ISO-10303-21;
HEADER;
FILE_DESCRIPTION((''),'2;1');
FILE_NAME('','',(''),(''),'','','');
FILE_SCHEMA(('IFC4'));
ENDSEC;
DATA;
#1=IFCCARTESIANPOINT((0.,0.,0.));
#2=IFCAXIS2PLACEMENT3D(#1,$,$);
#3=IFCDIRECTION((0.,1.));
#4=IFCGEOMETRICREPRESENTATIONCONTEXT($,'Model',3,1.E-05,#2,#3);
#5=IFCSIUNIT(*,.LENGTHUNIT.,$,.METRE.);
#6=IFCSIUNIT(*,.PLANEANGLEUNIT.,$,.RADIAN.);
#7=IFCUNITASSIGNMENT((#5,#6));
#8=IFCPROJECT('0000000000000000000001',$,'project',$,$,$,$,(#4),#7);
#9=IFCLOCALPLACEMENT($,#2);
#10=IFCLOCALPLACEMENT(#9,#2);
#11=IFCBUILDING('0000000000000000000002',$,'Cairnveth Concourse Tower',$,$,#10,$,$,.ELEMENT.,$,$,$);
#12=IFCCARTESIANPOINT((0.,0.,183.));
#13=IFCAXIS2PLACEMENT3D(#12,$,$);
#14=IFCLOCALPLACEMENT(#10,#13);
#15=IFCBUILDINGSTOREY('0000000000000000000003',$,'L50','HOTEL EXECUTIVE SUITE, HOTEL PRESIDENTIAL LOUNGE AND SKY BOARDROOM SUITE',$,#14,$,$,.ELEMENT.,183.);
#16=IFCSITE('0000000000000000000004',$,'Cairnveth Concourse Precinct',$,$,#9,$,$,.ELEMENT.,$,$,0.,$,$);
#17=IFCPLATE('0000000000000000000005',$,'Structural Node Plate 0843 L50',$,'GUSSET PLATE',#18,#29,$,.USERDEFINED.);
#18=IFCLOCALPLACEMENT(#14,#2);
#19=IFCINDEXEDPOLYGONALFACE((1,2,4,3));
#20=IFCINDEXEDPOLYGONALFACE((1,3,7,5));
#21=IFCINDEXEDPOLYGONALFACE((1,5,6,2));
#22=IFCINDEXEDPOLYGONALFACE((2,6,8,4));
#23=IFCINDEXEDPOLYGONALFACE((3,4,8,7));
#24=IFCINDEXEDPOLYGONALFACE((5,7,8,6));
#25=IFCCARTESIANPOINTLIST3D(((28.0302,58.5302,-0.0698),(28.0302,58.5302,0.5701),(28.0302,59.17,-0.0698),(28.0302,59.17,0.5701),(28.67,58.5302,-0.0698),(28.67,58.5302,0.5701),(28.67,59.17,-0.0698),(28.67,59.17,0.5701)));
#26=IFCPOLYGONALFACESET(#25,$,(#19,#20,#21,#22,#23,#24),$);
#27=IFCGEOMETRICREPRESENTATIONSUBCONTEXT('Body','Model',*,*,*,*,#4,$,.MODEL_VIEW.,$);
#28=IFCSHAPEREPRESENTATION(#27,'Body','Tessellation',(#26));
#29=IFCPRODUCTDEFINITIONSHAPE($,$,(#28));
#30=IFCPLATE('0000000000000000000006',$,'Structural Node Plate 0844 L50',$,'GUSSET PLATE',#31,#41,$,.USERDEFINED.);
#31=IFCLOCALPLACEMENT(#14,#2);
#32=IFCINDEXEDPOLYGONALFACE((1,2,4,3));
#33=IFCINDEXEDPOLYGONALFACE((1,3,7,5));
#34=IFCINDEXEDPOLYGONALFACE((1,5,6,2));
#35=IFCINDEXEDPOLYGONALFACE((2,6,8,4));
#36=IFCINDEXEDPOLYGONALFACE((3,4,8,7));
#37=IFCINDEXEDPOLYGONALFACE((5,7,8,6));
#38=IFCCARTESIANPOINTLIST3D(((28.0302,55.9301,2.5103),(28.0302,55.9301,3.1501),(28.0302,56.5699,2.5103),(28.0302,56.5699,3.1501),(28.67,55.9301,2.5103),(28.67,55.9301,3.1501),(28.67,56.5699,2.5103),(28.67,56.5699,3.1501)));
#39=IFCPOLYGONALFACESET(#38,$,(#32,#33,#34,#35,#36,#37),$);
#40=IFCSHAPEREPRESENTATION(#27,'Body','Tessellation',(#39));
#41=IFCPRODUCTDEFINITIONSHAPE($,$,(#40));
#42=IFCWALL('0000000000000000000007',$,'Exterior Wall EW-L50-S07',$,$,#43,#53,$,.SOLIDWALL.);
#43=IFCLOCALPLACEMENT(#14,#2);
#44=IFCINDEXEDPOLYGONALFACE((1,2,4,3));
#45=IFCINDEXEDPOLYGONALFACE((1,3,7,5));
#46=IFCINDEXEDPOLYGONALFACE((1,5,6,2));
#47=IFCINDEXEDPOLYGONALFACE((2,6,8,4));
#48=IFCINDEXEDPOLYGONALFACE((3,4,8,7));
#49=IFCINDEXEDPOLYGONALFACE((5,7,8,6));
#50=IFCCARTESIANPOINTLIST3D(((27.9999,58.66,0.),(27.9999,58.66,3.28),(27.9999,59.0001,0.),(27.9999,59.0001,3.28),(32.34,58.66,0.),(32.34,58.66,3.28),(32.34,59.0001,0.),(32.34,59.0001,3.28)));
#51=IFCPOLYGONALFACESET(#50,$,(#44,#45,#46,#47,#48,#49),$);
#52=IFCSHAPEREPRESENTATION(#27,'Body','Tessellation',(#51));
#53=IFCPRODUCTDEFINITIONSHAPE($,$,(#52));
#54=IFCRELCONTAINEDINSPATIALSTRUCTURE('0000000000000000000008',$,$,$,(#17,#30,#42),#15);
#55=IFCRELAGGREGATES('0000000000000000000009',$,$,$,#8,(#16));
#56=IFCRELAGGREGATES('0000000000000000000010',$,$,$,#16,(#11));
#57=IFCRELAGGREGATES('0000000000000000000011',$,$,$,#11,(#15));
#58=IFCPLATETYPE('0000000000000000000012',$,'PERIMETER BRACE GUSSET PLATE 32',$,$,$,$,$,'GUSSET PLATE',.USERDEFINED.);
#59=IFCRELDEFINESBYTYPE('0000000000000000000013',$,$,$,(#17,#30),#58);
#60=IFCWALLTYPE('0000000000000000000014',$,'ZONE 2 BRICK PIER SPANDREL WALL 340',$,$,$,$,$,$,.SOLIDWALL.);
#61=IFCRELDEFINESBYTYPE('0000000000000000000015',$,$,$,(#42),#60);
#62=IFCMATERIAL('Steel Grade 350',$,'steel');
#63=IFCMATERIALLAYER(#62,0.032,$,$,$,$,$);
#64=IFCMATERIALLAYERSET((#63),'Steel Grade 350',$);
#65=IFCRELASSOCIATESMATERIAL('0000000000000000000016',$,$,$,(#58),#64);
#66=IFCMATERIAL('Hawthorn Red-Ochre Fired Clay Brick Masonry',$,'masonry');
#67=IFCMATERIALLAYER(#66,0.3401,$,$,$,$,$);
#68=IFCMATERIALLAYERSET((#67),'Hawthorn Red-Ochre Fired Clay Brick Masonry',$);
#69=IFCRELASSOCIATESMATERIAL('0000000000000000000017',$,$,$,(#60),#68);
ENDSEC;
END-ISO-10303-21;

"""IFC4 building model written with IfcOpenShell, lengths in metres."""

from ifc_helpers import new_model, si_unit, direction, frame, frame_2d, origin, origin_2d, place, context, subcontext, project, spatial, rectangle, extrude, material, layer, layer_set, type_object, element, save


model = new_model("IFC4")

# Units and contexts
model_context = context("Model", 3, precision=1e-05, world=origin(), true_north=direction((0.0, 1.0)))
body_context = subcontext(model_context, "Body", "Model", "MODEL_VIEW")
ifc_project = project(units=[si_unit("LENGTHUNIT", "METRE"), si_unit("PLANEANGLEUNIT", "RADIAN")], contexts=[model_context])

# Site, building, storey
site_placement = place(None, origin())
site = spatial("IfcSite", under=ifc_project, at=site_placement, Name="Cairnveth Concourse Precinct", CompositionType="ELEMENT", RefElevation=0.0)
building_placement = place(site_placement, origin())
building = spatial("IfcBuilding", under=site, at=building_placement, Name="Cairnveth Concourse Tower", CompositionType="ELEMENT")
storey_placement = place(building_placement, frame((0.0, 0.0, 183.0)))
storey = spatial("IfcBuildingStorey", under=building, at=storey_placement, Name="L50", Description="HOTEL EXECUTIVE SUITE, HOTEL PRESIDENTIAL LOUNGE AND SKY BOARDROOM SUITE", CompositionType="ELEMENT", Elevation=183.0)

# Shared definitions
ifc_material_1 = material(Name="Steel Grade 350", Category="steel")

# Plates
ifc_layer_1 = layer(ifc_material_1, 0.032)
ifc_layer_set_1 = layer_set([ifc_layer_1], Name="Steel Grade 350")
plate_type = type_object("IfcPlateType", Name="PERIMETER BRACE GUSSET PLATE 32", ElementType="GUSSET PLATE", PredefinedType="USERDEFINED", material=ifc_layer_set_1)
for number, where, z_axis, x_axis, name in (
    (1, (28.3501, 58.8501, -0.0698), (0.0, 0.0, 1.0), (1.0, 0.0, 0.0), "Structural Node Plate 0843 L50"),
    (2, (28.3501, 56.25, 2.5103), (0.0, 0.0, 1.0), (1.0, 0.0, 0.0), "Structural Node Plate 0844 L50"),
):
    element("IfcPlate", number, at=place(storey_placement, frame(where, z_axis=z_axis, x_axis=x_axis)), inside=storey, type_object=plate_type, Name=name, ObjectType="GUSSET PLATE", PredefinedType="USERDEFINED", context=body_context, shape_type="SweptSolid", body=[
        extrude(rectangle(XDim=0.6399, YDim=0.6399, at=origin_2d()), origin(), (0.0, 0.0, 1.0), 0.6399),
    ])

# Wall
ifc_material_2 = material(Name="Hawthorn Red-Ochre Fired Clay Brick Masonry", Category="masonry")
ifc_layer_2 = layer(ifc_material_2, 0.3401)
ifc_layer_set_2 = layer_set([ifc_layer_2], Name="Hawthorn Red-Ochre Fired Clay Brick Masonry")
wall_type = type_object("IfcWallType", Name="ZONE 2 BRICK PIER SPANDREL WALL 340", PredefinedType="SOLIDWALL", material=ifc_layer_set_2)
wall_1_placement = place(storey_placement, frame((28.0, 58.8301, 0.0), z_axis=(0.0, 0.0, 1.0), x_axis=(1.0, 0.0, 0.0)))
element("IfcWall", 3, at=wall_1_placement, inside=storey, type_object=wall_type, Name="Exterior Wall EW-L50-S07", PredefinedType="SOLIDWALL", context=body_context, shape_type="SweptSolid", body=[
    extrude(rectangle(XDim=4.3401, YDim=0.3401, at=frame_2d((2.1699, 0.0))), origin(), (0.0, 0.0, 1.0), 3.28),
])

save(model, "model.ifc")
